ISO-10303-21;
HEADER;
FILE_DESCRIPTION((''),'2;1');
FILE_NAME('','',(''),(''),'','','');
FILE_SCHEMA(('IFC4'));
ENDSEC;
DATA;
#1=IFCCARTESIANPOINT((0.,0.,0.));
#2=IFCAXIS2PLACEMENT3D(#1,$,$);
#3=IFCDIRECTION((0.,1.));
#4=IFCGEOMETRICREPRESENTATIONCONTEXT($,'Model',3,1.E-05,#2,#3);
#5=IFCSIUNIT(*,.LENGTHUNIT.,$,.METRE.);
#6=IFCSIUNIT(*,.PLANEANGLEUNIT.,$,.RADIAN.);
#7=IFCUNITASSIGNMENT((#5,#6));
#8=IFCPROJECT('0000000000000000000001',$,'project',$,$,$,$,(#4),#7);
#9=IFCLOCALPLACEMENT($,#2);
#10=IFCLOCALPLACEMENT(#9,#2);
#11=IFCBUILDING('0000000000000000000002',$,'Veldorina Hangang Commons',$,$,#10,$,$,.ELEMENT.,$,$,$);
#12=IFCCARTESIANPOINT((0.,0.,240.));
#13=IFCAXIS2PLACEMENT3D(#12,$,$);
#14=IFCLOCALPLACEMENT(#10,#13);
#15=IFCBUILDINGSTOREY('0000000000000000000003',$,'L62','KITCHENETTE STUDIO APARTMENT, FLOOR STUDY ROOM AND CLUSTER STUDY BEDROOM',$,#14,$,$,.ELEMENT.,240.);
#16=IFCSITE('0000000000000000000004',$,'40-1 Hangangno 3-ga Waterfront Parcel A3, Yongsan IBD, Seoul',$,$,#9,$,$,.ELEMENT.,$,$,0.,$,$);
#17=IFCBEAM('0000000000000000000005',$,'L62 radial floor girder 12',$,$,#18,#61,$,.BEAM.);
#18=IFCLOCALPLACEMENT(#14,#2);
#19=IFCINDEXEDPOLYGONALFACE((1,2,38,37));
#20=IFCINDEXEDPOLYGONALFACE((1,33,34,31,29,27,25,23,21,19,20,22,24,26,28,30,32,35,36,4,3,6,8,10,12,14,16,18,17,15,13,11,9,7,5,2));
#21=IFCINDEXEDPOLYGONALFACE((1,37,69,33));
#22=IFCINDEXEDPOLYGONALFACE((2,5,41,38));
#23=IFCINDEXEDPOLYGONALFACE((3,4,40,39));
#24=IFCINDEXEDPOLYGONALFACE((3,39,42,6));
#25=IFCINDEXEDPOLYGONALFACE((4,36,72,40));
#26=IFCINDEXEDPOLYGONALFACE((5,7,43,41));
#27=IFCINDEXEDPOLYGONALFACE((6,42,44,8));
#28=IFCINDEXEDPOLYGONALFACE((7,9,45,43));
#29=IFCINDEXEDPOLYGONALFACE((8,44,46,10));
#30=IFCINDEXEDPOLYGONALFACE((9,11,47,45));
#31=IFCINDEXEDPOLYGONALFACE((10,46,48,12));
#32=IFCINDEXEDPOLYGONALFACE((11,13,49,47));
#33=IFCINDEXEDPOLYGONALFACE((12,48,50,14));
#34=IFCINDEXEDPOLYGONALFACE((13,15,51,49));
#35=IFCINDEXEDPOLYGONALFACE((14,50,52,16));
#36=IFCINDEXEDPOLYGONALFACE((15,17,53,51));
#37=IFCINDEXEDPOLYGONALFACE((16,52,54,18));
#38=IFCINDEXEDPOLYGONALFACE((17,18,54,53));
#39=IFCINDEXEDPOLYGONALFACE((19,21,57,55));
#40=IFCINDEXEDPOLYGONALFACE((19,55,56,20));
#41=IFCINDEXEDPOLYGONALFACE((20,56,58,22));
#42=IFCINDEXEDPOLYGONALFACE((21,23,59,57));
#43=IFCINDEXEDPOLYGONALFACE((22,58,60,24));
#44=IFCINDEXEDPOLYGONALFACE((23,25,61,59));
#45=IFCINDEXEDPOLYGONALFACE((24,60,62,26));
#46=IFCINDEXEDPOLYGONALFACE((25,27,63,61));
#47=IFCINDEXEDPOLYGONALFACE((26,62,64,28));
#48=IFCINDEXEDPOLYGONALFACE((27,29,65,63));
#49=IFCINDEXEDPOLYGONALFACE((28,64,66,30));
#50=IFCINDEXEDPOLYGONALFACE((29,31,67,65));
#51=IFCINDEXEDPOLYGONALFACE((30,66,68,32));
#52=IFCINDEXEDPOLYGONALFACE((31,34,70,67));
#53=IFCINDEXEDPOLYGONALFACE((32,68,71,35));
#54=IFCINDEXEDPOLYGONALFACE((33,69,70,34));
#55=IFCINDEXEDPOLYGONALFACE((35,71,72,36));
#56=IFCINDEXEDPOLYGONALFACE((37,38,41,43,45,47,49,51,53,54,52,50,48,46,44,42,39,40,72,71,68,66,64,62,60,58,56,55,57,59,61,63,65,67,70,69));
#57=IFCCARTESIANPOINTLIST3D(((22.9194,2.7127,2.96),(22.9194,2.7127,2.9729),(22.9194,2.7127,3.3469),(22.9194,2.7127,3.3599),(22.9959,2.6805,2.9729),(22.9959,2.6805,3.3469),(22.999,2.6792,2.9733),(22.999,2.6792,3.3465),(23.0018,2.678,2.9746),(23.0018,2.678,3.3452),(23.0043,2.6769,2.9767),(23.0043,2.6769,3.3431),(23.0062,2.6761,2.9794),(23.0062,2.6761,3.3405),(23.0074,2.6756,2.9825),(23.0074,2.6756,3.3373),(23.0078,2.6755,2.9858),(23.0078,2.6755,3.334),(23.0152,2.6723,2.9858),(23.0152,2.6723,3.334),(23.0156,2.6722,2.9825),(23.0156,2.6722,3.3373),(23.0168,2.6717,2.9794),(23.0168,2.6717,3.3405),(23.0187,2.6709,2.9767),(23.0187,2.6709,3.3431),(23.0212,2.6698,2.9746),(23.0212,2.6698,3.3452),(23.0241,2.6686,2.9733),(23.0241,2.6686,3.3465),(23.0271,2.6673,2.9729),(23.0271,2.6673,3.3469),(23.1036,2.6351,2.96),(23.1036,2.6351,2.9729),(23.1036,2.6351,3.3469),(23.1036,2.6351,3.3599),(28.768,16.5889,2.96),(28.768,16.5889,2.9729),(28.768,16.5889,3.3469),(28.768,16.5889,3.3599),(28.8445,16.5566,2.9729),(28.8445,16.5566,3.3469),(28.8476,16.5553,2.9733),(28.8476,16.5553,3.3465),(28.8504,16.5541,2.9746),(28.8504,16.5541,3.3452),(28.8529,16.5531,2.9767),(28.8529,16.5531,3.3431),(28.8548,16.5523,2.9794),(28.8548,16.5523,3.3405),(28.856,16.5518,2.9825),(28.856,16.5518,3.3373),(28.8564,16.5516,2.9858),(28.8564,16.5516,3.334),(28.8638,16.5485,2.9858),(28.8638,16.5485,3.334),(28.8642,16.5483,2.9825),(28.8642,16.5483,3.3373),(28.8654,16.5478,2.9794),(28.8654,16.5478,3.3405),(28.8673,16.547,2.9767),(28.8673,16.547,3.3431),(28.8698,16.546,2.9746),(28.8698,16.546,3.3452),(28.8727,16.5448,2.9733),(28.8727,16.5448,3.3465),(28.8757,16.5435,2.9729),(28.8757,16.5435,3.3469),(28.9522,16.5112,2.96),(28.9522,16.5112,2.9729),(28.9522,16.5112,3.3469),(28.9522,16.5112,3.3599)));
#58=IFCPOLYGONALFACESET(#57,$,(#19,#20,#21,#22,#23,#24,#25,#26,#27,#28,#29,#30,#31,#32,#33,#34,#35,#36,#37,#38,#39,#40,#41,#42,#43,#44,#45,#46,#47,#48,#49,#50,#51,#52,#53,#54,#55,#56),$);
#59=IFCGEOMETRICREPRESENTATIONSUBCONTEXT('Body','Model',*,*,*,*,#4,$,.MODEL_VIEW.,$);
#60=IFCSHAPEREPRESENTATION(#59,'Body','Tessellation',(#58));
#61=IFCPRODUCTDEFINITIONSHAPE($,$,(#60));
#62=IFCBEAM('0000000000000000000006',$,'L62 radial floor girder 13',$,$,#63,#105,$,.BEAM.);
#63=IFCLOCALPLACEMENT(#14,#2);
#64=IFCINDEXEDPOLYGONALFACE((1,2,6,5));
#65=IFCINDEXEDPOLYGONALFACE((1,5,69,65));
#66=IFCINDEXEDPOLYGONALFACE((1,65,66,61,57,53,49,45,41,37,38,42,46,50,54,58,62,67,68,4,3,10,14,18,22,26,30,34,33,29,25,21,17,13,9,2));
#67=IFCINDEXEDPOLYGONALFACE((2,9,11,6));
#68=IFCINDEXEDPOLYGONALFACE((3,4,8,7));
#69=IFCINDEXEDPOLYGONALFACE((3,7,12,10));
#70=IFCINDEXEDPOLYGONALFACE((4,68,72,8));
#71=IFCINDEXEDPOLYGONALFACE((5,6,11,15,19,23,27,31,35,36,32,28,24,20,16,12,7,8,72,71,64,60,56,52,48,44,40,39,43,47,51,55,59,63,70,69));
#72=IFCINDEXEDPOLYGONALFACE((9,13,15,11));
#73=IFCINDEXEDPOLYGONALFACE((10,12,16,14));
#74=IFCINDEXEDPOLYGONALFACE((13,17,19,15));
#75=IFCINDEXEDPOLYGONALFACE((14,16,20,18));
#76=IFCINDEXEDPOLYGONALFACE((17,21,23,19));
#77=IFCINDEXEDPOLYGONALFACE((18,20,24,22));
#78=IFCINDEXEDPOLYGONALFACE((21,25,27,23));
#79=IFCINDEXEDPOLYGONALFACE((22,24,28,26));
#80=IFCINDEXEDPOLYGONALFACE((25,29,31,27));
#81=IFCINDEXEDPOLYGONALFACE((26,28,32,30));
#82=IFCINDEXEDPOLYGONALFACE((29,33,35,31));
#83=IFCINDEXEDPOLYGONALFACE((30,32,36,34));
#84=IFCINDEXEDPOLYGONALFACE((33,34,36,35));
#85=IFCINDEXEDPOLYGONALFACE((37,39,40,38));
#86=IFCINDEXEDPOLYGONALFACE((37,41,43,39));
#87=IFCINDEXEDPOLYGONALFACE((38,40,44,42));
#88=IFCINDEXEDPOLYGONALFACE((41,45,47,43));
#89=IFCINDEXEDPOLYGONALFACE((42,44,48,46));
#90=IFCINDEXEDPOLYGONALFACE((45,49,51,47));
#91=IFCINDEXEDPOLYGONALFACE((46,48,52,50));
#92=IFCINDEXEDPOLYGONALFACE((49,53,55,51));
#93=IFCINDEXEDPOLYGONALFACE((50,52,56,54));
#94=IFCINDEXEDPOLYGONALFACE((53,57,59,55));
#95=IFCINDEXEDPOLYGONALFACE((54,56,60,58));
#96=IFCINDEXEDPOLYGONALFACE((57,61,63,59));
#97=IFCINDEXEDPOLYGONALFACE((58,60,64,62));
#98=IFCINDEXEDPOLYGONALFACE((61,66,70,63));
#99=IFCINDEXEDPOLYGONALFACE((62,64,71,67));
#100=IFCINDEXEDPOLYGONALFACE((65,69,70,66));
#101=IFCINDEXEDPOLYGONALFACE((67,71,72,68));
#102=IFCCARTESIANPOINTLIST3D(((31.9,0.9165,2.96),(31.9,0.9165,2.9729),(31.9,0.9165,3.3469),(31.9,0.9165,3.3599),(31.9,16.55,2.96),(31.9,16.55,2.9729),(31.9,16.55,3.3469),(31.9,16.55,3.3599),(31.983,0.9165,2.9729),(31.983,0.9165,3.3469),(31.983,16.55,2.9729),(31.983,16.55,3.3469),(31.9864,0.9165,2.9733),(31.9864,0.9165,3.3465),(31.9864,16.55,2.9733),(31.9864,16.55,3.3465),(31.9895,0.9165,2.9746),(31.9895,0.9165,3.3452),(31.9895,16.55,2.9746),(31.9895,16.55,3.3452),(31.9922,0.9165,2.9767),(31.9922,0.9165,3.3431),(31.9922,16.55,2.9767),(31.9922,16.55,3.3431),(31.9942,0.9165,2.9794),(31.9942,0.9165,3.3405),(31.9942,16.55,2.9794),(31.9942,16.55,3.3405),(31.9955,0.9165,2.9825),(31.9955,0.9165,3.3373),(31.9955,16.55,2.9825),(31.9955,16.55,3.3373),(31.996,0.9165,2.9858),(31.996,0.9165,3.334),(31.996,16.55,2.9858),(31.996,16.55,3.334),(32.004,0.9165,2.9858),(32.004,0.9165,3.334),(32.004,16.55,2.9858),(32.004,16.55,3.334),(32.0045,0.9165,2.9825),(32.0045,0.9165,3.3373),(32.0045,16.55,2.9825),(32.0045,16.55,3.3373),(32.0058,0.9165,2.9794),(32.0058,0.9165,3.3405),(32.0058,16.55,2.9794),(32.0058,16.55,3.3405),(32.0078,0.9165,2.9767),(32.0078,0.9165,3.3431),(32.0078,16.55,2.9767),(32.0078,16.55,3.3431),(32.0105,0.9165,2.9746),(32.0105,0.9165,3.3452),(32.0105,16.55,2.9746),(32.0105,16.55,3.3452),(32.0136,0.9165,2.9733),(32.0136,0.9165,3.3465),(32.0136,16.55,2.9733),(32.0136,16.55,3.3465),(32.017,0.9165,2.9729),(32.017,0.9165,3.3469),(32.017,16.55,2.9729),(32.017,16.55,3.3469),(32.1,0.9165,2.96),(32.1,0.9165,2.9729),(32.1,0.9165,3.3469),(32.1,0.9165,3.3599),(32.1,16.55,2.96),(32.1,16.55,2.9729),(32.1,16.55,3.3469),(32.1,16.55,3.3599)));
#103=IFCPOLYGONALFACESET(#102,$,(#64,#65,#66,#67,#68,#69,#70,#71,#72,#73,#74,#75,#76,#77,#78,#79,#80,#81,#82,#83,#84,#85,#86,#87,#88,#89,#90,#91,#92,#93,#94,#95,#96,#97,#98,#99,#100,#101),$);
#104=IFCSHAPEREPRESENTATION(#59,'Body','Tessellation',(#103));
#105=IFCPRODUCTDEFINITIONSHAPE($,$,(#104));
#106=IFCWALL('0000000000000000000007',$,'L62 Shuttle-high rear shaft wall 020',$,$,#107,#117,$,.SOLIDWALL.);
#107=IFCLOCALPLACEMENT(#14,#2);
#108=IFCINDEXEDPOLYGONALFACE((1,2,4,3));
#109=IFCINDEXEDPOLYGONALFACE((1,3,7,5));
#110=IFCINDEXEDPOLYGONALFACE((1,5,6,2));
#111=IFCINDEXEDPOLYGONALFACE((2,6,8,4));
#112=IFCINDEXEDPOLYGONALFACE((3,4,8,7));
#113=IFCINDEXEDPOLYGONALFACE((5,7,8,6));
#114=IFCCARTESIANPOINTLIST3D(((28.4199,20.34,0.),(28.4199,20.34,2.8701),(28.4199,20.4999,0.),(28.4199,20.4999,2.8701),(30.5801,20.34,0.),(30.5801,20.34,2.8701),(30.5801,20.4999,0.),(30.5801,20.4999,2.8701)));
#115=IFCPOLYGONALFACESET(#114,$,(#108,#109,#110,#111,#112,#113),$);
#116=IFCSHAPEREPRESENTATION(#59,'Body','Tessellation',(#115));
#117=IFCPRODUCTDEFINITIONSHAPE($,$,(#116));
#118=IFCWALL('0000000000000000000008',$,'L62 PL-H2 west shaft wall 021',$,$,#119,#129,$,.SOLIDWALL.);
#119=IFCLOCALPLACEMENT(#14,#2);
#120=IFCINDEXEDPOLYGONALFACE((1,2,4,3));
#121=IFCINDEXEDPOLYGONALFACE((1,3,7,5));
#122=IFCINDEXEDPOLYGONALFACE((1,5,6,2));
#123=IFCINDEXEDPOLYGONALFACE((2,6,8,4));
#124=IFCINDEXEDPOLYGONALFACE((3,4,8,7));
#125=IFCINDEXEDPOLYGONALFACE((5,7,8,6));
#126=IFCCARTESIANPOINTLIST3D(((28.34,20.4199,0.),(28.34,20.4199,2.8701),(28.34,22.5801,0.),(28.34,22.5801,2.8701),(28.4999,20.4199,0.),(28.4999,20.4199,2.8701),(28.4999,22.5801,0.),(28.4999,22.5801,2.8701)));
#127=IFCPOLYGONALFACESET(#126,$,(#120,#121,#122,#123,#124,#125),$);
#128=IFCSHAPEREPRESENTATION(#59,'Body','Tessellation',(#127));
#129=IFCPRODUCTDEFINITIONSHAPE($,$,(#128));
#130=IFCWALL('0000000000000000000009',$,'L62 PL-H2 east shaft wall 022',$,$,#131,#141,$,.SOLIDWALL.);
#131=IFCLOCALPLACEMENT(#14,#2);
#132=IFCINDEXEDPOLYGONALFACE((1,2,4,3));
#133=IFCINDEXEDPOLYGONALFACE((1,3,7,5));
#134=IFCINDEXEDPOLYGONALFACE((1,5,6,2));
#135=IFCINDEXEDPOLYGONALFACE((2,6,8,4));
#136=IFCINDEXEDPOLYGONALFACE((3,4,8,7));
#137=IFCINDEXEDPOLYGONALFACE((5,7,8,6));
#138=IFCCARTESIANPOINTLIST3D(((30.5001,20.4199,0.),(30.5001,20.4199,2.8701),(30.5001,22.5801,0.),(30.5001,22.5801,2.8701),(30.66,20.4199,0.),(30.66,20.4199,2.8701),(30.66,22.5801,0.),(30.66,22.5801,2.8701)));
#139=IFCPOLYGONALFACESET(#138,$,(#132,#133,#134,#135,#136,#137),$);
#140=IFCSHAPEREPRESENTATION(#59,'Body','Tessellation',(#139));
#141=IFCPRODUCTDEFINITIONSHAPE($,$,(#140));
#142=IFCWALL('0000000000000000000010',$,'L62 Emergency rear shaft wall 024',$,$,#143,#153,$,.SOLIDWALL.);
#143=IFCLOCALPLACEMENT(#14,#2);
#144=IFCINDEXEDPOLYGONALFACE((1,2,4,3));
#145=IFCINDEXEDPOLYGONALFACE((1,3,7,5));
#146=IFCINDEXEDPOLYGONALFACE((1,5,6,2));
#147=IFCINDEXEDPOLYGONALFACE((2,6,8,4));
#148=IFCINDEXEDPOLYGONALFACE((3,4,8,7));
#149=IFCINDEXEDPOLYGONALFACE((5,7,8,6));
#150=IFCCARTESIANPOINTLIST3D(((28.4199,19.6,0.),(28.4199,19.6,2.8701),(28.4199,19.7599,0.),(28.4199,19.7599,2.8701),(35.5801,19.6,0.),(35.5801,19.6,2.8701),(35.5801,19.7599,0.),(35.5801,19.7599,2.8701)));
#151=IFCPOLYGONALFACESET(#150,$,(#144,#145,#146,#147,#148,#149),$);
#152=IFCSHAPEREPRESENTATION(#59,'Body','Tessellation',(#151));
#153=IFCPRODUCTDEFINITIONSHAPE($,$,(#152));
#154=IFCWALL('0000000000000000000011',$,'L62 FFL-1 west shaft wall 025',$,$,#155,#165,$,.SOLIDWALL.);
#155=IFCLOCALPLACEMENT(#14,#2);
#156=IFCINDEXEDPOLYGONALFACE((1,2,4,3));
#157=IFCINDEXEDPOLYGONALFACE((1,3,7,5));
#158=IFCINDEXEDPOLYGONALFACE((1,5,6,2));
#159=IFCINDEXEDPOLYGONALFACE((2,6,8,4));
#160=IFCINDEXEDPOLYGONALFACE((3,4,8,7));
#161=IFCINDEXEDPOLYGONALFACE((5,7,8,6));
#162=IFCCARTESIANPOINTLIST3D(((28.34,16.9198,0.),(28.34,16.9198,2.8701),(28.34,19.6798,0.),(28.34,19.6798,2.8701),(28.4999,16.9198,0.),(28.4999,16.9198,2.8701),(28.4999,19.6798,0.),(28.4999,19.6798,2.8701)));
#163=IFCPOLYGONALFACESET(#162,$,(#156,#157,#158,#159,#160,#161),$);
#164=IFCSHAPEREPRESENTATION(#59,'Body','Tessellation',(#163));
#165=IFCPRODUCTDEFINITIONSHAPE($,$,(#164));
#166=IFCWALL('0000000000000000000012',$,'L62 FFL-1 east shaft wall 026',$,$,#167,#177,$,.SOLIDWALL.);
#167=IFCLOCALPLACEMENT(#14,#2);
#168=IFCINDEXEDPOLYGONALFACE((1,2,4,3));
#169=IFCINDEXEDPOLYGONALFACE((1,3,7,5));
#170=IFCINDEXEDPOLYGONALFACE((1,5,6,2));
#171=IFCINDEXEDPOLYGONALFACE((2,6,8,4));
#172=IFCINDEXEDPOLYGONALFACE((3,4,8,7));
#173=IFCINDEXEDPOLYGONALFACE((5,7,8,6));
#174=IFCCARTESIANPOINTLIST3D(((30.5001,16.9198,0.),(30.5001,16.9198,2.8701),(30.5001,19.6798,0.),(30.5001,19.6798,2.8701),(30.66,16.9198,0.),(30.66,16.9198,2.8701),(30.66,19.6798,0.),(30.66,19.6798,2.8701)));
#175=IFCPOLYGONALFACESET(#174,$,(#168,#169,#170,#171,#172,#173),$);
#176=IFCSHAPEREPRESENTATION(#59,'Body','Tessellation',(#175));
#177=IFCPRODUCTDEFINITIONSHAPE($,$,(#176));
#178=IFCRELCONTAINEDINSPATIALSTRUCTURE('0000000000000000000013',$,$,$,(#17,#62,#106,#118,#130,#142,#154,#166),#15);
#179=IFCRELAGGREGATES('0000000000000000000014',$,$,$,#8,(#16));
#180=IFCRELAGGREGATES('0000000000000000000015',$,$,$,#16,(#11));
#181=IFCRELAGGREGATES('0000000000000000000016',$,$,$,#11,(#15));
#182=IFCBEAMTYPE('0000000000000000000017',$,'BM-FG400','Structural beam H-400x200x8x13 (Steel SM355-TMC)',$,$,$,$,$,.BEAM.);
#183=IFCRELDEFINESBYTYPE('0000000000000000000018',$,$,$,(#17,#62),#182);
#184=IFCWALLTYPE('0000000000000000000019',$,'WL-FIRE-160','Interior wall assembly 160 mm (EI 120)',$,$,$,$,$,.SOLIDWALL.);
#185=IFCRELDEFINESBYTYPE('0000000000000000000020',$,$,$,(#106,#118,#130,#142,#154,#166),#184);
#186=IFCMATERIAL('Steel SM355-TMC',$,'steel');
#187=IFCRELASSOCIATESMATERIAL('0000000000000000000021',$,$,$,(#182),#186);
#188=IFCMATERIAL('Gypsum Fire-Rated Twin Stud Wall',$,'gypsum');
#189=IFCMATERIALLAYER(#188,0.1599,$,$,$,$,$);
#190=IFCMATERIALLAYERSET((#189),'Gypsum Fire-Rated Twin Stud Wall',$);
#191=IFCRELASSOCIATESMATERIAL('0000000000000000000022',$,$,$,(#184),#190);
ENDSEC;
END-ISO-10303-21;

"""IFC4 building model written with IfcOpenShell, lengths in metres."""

from ifc_helpers import new_model, si_unit, direction, frame, frame_2d, origin, origin_2d, place, context, subcontext, project, spatial, rectangle, i_section, extrude, material, layer, layer_set, material_profile, profile_set, type_object, element, save


model = new_model("IFC4")

# Units and contexts
model_context = context("Model", 3, precision=1e-05, world=origin(), true_north=direction((0.0, 1.0)))
body_context = subcontext(model_context, "Body", "Model", "MODEL_VIEW")
ifc_project = project(units=[si_unit("LENGTHUNIT", "METRE"), si_unit("PLANEANGLEUNIT", "RADIAN")], contexts=[model_context])

# Site, building, storey
site_placement = place(None, origin())
site = spatial("IfcSite", under=ifc_project, at=site_placement, Name="40-1 Hangangno 3-ga Waterfront Parcel A3, Yongsan IBD, Seoul", CompositionType="ELEMENT", RefElevation=0.0)
building_placement = place(site_placement, origin())
building = spatial("IfcBuilding", under=site, at=building_placement, Name="Veldorina Hangang Commons", CompositionType="ELEMENT")
storey_placement = place(building_placement, frame((0.0, 0.0, 240.0)))
storey = spatial("IfcBuildingStorey", under=building, at=storey_placement, Name="L62", Description="KITCHENETTE STUDIO APARTMENT, FLOOR STUDY ROOM AND CLUSTER STUDY BEDROOM", CompositionType="ELEMENT", Elevation=240.0)

# Beams
ifc_material_1 = material(Name="Steel SM355-TMC", Category="steel")
ifc_material_profile = material_profile(ifc_material_1, i_section(OverallWidth=0.2, OverallDepth=0.3999, WebThickness=0.0081, FlangeThickness=0.0129, FilletRadius=0.0129, at=origin_2d()), Name="H-400x200x8x13")
ifc_profile_set = profile_set([ifc_material_profile], Name="Steel SM355-TMC")
beam_type = type_object("IfcBeamType", Name="BM-FG400", Description="Structural beam H-400x200x8x13 (Steel SM355-TMC)", PredefinedType="BEAM", material=ifc_profile_set)
beam_1_placement = place(storey_placement, frame((28.8601, 16.55, 3.1599), z_axis=(-0.388396, -0.921492, 0.0), x_axis=(0.921492, -0.388396, 0.0)))
element("IfcBeam", 1, at=beam_1_placement, inside=storey, type_object=beam_type, Name="L62 radial floor girder 12", PredefinedType="BEAM", context=body_context, shape_type="SweptSolid", body=[
    extrude(i_section(OverallWidth=0.2, OverallDepth=0.3999, WebThickness=0.0081, FlangeThickness=0.0129, FilletRadius=0.0129, at=origin_2d()), origin(), (0.0, 0.0, 1.0), 15.0583),
])
beam_2_placement = place(storey_placement, frame((32.0, 16.55, 3.1599), z_axis=(0.0, -1.0, 0.0), x_axis=(1.0, 0.0, 0.0)))
element("IfcBeam", 2, at=beam_2_placement, inside=storey, type_object=beam_type, Name="L62 radial floor girder 13", PredefinedType="BEAM", context=body_context, shape_type="SweptSolid", body=[
    extrude(i_section(OverallWidth=0.2, OverallDepth=0.3999, WebThickness=0.0081, FlangeThickness=0.0129, FilletRadius=0.0129, at=origin_2d()), origin(), (0.0, 0.0, 1.0), 15.6335),
])

# Shared definitions
ifc_material_2 = material(Name="Gypsum Fire-Rated Twin Stud Wall", Category="gypsum")
ifc_layer_1 = layer(ifc_material_2, 0.1599)
ifc_layer_set_1 = layer_set([ifc_layer_1], Name="Gypsum Fire-Rated Twin Stud Wall")
wall_type_1 = type_object("IfcWallType", Name="WL-FIRE-160", Description="Interior wall assembly 160 mm (EI 120)", PredefinedType="SOLIDWALL", material=ifc_layer_set_1)

# Walls
for number, where, z_axis, x_axis, name in (
    (3, (28.4199, 20.4199, 0.0), (0.0, 0.0, 1.0), (1.0, 0.0, 0.0), "L62 Shuttle-high rear shaft wall 020"),
    (4, (28.4199, 20.4199, 0.0), (0.0, 0.0, 1.0), (0.0, 1.0, 0.0), "L62 PL-H2 west shaft wall 021"),
    (5, (30.5801, 20.4199, 0.0), (0.0, 0.0, 1.0), (0.0, 1.0, 0.0), "L62 PL-H2 east shaft wall 022"),
):
    element("IfcWall", number, at=place(storey_placement, frame(where, z_axis=z_axis, x_axis=x_axis)), inside=storey, type_object=wall_type_1, Name=name, PredefinedType="SOLIDWALL", context=body_context, shape_type="SweptSolid", body=[
        extrude(rectangle(XDim=2.1602, YDim=0.1599, at=frame_2d((1.0801, 0.0))), origin(), (0.0, 0.0, 1.0), 2.8701),
    ])

# Walls
wall_1_placement = place(storey_placement, frame((28.4199, 19.6799, 0.0), z_axis=(0.0, 0.0, 1.0), x_axis=(1.0, 0.0, 0.0)))
element("IfcWall", 6, at=wall_1_placement, inside=storey, type_object=wall_type_1, Name="L62 Emergency rear shaft wall 024", PredefinedType="SOLIDWALL", context=body_context, shape_type="SweptSolid", body=[
    extrude(rectangle(XDim=7.1602, YDim=0.1599, at=frame_2d((3.5801, 0.0))), origin(), (0.0, 0.0, 1.0), 2.8701),
])
for number, where, z_axis, x_axis, name in (
    (7, (28.4199, 16.9199, 0.0), (0.0, 0.0, 1.0), (0.0, 1.0, 0.0), "L62 FFL-1 west shaft wall 025"),
    (8, (30.5801, 16.9199, 0.0), (0.0, 0.0, 1.0), (0.0, 1.0, 0.0), "L62 FFL-1 east shaft wall 026"),
):
    element("IfcWall", number, at=place(storey_placement, frame(where, z_axis=z_axis, x_axis=x_axis)), inside=storey, type_object=wall_type_1, Name=name, PredefinedType="SOLIDWALL", context=body_context, shape_type="SweptSolid", body=[
        extrude(rectangle(XDim=2.76, YDim=0.1599, at=frame_2d((1.3799, 0.0))), origin(), (0.0, 0.0, 1.0), 2.8701),
    ])

save(model, "model.ifc")
